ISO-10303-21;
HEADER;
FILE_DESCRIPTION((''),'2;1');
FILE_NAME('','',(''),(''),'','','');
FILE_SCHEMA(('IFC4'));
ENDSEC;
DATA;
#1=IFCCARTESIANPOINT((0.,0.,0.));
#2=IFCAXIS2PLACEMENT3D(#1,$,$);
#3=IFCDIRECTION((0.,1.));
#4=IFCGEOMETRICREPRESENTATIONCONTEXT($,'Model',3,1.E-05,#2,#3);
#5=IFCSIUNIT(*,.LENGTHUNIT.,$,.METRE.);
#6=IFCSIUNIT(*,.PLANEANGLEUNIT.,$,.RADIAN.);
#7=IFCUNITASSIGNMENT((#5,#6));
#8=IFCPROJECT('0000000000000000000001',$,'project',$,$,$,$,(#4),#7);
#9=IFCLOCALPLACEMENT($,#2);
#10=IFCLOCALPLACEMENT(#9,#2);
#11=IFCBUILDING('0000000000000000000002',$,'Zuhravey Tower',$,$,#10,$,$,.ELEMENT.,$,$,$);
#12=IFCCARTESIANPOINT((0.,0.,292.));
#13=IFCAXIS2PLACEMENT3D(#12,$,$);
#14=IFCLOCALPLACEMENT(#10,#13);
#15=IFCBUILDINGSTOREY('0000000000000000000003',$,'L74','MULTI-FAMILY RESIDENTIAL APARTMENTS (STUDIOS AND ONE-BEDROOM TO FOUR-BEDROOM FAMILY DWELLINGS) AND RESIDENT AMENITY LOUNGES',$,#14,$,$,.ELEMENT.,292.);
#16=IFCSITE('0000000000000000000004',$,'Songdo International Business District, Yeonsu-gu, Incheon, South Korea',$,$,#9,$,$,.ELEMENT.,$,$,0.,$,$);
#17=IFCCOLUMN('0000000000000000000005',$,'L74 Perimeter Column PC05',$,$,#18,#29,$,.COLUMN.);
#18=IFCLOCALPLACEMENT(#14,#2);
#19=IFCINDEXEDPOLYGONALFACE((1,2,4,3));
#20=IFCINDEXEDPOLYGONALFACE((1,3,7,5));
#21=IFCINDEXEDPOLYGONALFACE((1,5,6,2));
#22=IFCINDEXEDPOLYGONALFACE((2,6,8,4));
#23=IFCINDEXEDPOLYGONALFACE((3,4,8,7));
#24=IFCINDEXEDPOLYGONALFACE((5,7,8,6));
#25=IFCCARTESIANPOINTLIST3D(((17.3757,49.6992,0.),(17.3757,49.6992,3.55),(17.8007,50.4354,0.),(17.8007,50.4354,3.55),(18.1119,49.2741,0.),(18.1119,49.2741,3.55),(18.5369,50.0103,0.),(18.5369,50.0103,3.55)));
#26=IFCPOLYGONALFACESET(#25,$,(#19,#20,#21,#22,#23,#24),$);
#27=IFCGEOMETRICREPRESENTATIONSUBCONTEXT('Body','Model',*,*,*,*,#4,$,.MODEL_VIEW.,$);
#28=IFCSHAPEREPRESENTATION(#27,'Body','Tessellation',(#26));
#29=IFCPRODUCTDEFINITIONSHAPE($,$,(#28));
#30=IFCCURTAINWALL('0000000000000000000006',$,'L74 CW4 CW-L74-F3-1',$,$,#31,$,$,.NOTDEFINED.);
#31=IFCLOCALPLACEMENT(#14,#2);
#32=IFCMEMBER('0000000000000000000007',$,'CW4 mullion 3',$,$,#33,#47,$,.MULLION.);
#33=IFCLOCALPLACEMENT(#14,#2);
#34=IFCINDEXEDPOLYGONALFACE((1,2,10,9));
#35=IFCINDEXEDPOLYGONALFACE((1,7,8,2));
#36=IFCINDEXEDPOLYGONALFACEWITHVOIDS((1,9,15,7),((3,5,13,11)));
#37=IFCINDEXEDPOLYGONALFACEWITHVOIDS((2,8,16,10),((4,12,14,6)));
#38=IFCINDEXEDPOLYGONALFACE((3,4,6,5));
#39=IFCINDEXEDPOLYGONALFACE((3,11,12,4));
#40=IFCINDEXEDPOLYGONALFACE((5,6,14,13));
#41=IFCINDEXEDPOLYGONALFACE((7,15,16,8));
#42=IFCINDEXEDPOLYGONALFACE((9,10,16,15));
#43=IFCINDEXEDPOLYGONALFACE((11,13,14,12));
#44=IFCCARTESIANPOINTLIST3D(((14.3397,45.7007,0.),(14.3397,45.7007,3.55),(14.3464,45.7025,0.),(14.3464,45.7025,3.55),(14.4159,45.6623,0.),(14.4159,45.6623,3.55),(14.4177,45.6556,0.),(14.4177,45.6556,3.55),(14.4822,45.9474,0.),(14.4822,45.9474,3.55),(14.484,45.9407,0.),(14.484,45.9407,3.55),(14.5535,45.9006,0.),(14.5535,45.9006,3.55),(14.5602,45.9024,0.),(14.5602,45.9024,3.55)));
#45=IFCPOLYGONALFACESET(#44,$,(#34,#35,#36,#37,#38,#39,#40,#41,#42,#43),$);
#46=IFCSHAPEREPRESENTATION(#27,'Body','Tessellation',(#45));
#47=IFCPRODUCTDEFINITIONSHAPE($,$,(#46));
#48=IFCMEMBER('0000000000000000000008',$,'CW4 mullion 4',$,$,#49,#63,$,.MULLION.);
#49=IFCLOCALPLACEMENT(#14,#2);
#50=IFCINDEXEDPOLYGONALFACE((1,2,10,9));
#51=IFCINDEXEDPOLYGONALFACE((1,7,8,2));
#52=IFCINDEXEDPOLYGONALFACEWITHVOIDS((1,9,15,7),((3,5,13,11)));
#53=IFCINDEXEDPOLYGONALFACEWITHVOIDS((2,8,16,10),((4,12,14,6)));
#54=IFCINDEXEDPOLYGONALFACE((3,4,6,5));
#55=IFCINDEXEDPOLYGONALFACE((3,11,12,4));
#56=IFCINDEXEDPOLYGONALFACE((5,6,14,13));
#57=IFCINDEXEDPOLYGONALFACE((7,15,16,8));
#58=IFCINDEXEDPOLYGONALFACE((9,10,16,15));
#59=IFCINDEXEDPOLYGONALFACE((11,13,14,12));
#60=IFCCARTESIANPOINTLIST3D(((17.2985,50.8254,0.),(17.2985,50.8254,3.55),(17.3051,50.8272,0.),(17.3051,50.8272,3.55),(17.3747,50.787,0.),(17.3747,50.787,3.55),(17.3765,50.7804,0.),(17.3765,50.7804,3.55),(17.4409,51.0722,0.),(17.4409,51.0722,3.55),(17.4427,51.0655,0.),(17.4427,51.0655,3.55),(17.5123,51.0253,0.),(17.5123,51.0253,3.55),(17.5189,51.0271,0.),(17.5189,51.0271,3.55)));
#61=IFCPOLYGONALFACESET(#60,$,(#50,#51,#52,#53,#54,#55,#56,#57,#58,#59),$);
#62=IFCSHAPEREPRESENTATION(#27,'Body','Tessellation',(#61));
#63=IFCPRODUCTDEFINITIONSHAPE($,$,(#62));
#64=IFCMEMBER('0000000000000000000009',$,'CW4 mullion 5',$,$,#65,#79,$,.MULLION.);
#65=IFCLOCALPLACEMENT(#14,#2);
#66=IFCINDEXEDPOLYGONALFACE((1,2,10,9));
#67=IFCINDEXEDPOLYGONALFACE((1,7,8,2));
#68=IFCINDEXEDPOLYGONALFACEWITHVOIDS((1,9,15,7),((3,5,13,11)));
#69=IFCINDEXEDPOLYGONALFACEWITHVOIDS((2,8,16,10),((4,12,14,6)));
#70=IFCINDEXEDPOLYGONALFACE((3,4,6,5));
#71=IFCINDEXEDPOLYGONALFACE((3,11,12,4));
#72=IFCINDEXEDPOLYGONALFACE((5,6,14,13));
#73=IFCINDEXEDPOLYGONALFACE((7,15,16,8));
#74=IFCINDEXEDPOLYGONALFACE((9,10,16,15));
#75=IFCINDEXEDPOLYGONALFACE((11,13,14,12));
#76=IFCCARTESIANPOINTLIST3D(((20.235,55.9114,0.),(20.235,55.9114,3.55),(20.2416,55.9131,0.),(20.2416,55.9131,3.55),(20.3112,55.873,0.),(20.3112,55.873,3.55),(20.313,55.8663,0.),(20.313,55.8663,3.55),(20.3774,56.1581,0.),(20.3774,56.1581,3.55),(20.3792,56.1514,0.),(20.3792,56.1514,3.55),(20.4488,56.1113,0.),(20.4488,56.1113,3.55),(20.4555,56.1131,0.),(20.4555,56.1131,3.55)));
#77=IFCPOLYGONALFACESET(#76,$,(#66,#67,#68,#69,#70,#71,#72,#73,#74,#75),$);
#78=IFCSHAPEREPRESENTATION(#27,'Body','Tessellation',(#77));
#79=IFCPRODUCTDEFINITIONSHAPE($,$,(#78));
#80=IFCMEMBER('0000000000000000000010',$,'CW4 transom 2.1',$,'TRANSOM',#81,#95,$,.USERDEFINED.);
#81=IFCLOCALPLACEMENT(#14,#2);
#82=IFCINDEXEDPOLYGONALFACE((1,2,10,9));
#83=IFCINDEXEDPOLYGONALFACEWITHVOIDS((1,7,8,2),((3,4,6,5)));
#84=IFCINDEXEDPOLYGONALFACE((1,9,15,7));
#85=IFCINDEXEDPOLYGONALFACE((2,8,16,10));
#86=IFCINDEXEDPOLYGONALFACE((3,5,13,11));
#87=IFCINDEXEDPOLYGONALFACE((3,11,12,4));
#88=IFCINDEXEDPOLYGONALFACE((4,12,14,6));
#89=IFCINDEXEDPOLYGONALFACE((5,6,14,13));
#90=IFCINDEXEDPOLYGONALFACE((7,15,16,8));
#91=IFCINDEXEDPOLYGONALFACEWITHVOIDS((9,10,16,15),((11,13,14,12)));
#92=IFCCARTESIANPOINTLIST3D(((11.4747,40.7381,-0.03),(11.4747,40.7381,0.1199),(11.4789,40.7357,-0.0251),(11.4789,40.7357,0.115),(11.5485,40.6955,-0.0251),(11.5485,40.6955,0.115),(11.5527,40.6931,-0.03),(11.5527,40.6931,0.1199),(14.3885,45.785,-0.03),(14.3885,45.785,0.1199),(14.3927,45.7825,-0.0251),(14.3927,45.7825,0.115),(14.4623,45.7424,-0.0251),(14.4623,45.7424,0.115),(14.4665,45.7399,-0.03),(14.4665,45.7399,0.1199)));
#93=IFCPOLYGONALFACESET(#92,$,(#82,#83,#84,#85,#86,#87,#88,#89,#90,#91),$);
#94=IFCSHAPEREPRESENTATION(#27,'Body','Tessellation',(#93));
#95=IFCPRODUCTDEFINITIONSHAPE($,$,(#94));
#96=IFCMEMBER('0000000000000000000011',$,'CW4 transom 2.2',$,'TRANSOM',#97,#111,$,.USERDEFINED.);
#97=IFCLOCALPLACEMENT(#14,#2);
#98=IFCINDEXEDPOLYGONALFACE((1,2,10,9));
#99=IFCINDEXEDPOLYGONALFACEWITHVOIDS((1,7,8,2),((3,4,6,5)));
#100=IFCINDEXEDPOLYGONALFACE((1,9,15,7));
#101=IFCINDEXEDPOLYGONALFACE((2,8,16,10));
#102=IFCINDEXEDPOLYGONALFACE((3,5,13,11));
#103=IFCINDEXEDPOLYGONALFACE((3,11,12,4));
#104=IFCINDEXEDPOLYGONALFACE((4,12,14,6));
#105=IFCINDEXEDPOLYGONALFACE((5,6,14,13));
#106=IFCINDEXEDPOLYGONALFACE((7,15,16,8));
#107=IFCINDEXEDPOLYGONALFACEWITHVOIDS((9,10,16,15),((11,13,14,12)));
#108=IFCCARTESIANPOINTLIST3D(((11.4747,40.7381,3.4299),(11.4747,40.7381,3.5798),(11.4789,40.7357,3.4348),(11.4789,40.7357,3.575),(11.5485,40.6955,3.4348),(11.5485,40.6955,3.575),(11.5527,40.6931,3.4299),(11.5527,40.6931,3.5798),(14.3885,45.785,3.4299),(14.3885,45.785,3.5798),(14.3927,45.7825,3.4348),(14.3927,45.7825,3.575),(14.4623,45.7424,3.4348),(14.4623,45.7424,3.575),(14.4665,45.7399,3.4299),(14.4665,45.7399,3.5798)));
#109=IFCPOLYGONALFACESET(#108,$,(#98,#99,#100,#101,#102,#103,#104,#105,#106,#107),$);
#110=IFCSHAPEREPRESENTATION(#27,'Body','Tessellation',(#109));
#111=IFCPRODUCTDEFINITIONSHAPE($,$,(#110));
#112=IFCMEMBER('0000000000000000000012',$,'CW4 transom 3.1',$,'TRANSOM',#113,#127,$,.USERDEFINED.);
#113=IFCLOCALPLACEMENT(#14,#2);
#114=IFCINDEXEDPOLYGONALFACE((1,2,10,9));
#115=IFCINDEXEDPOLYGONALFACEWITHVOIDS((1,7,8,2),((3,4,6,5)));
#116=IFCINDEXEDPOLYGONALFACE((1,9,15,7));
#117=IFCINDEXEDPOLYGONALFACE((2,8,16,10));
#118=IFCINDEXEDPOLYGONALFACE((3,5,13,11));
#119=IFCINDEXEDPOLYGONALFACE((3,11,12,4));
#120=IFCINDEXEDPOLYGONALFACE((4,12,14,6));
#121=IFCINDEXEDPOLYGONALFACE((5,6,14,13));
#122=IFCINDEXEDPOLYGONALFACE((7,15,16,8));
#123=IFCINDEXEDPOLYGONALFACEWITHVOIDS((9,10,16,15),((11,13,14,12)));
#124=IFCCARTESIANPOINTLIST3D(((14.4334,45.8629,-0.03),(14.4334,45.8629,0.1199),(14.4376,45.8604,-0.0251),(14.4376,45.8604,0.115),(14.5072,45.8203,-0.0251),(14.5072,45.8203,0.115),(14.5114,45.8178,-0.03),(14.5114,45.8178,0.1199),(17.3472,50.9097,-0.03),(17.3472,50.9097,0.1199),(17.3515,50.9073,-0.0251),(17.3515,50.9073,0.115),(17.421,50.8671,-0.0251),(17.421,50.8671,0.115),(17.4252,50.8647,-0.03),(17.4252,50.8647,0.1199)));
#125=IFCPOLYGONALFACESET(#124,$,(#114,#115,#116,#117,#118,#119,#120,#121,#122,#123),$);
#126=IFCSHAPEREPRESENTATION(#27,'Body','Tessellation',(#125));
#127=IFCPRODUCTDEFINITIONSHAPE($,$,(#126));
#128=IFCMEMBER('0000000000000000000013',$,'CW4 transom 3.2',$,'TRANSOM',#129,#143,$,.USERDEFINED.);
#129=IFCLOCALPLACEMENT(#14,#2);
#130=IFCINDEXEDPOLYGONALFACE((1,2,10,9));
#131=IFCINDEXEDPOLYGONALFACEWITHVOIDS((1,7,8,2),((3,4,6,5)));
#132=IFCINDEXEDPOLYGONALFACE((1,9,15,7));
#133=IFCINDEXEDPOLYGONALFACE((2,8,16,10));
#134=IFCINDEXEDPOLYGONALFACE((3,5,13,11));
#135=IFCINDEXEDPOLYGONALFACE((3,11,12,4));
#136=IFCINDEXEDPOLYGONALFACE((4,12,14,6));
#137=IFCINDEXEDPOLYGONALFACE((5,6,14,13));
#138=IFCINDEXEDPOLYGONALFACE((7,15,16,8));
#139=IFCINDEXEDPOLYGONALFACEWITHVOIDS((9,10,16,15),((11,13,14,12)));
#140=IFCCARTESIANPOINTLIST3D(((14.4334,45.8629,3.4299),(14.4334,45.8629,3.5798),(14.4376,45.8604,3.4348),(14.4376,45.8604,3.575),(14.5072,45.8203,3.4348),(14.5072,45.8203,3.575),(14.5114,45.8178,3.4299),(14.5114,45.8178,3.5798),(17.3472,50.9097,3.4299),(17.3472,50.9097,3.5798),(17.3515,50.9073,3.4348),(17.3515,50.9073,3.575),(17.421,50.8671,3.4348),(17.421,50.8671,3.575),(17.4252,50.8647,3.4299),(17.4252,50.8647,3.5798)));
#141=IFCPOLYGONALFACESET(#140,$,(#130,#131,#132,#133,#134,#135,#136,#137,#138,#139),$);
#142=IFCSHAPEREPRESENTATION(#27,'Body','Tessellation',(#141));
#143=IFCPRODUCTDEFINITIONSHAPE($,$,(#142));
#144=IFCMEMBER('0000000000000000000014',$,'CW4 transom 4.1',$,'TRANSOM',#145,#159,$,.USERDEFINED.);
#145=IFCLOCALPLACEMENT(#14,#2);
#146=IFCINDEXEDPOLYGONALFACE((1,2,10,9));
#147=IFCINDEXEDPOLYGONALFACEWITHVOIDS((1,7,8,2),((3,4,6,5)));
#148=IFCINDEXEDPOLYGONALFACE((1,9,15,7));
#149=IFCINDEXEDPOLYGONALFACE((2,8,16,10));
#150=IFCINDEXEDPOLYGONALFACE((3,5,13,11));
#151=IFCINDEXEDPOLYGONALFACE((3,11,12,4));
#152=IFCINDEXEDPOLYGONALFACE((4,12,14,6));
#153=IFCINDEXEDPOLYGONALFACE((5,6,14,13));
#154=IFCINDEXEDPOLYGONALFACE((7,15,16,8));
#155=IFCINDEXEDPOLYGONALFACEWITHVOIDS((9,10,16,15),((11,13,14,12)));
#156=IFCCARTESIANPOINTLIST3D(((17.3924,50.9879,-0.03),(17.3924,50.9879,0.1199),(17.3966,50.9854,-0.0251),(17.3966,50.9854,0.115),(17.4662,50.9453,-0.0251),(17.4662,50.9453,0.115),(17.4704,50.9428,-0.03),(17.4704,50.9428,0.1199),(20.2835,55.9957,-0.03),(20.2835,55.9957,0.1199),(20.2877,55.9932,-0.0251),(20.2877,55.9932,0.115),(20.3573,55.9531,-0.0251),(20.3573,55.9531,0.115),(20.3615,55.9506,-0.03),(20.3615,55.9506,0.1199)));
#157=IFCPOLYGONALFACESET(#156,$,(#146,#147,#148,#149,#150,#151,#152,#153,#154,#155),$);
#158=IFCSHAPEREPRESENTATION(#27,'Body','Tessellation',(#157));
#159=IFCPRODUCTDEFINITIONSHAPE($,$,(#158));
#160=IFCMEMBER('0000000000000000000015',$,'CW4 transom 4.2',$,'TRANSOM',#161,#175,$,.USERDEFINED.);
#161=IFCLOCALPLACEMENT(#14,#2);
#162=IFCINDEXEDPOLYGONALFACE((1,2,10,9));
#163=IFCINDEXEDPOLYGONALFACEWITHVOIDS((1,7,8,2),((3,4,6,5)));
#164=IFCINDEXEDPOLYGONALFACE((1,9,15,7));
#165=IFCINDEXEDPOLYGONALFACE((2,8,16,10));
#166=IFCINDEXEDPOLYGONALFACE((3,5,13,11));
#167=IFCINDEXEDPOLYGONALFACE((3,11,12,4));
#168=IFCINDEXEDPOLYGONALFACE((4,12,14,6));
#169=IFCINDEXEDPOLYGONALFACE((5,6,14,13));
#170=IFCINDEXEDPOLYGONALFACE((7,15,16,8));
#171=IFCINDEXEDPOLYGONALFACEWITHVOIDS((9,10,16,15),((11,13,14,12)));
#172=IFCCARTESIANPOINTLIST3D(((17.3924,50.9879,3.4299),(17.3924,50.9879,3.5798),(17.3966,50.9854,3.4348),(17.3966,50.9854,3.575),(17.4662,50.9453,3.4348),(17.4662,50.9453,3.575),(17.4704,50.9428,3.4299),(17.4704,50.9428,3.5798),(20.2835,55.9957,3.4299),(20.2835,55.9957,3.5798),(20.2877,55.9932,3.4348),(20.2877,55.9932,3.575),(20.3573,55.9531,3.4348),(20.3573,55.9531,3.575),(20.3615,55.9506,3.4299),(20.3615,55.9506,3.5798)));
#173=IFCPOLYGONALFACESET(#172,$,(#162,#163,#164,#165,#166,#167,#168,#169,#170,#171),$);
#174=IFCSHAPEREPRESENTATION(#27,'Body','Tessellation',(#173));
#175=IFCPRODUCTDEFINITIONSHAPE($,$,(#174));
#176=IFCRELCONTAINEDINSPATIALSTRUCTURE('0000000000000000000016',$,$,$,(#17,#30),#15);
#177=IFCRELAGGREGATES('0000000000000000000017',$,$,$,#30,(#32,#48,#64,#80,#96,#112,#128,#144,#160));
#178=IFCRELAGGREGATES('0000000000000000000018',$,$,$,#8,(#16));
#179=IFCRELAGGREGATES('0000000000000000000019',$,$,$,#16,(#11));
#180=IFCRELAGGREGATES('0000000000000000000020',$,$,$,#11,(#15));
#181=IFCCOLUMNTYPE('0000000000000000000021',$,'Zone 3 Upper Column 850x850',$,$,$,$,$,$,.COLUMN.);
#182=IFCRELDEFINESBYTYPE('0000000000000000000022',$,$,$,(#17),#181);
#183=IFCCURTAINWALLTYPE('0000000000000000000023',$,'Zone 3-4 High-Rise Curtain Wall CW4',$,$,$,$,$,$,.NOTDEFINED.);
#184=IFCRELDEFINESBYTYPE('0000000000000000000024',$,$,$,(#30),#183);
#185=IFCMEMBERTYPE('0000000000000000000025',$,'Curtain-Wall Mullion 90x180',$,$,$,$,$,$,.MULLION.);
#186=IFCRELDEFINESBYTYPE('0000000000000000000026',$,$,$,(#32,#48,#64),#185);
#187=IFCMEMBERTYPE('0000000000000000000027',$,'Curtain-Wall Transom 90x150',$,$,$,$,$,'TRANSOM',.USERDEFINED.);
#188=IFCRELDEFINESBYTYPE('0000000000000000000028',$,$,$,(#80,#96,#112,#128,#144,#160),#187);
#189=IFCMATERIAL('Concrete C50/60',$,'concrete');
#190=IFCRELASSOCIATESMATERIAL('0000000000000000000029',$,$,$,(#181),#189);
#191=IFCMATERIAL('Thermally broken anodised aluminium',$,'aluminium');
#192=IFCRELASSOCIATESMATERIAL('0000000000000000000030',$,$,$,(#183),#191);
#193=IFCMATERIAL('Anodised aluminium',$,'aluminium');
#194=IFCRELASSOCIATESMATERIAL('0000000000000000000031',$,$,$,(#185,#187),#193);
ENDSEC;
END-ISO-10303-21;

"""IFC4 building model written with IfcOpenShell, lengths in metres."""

from ifc_helpers import new_model, si_unit, direction, frame, origin, origin_2d, place, context, subcontext, project, spatial, rectangle, hollow_rectangle, extrude, material, material_profile, profile_set, type_object, element, aggregate, save


model = new_model("IFC4")

# Units and contexts
model_context = context("Model", 3, precision=1e-05, world=origin(), true_north=direction((0.0, 1.0)))
body_context = subcontext(model_context, "Body", "Model", "MODEL_VIEW")
ifc_project = project(units=[si_unit("LENGTHUNIT", "METRE"), si_unit("PLANEANGLEUNIT", "RADIAN")], contexts=[model_context])

# Site, building, storey
site_placement = place(None, origin())
site = spatial("IfcSite", under=ifc_project, at=site_placement, Name="Songdo International Business District, Yeonsu-gu, Incheon, South Korea", CompositionType="ELEMENT", RefElevation=0.0)
building_placement = place(site_placement, origin())
building = spatial("IfcBuilding", under=site, at=building_placement, Name="Zuhravey Tower", CompositionType="ELEMENT")
storey_placement = place(building_placement, frame((0.0, 0.0, 292.0)))
storey = spatial("IfcBuildingStorey", under=building, at=storey_placement, Name="L74", Description="MULTI-FAMILY RESIDENTIAL APARTMENTS (STUDIOS AND ONE-BEDROOM TO FOUR-BEDROOM FAMILY DWELLINGS) AND RESIDENT AMENITY LOUNGES", CompositionType="ELEMENT", Elevation=292.0)

# Column
ifc_material_1 = material(Name="Concrete C50/60", Category="concrete")
ifc_material_profile_1 = material_profile(ifc_material_1, rectangle(XDim=0.8501, YDim=0.8501, at=origin_2d()), Name="RC-850x850")
ifc_profile_set_1 = profile_set([ifc_material_profile_1], Name="Concrete C50/60")
column_type = type_object("IfcColumnType", Name="Zone 3 Upper Column 850x850", PredefinedType="COLUMN", material=ifc_profile_set_1)
column_placement = place(storey_placement, frame((17.9563, 49.8547, 0.0), z_axis=(0.0, 0.0, 1.0), x_axis=(-0.5, -0.866025, 0.0)))
element("IfcColumn", 1, at=column_placement, inside=storey, type_object=column_type, Name="L74 Perimeter Column PC05", PredefinedType="COLUMN", context=body_context, shape_type="SweptSolid", body=[
    extrude(rectangle(XDim=0.8501, YDim=0.8501, at=origin_2d()), origin(), (0.0, 0.0, 1.0), 3.55),
])

# Curtain wall, members
ifc_material_2 = material(Name="Thermally broken anodised aluminium", Category="aluminium")
curtain_wall_type = type_object("IfcCurtainWallType", Name="Zone 3-4 High-Rise Curtain Wall CW4", PredefinedType="NOTDEFINED", material=ifc_material_2)
curtain_wall_placement = place(storey_placement, origin())
curtain_wall = element("IfcCurtainWall", 2, at=curtain_wall_placement, inside=storey, type_object=curtain_wall_type, Name="L74 CW4 CW-L74-F3-1", PredefinedType="NOTDEFINED")
ifc_material_3 = material(Name="Anodised aluminium", Category="aluminium")
ifc_material_profile_2 = material_profile(ifc_material_3, hollow_rectangle(XDim=0.0901, YDim=0.2849, WallThickness=0.0049, at=origin_2d()), Name="ALU-RHS-90x285x5")
ifc_profile_set_2 = profile_set([ifc_material_profile_2], Name="Anodised aluminium")
member_type_1 = type_object("IfcMemberType", Name="Curtain-Wall Mullion 90x180", PredefinedType="MULLION", material=ifc_profile_set_2)
member_1_placement = place(storey_placement, frame((14.45, 45.8015, 0.0), z_axis=(0.0, 0.0, 1.0), x_axis=(-0.866025, 0.500001, 0.0)))
member_1 = element("IfcMember", 3, at=member_1_placement, type_object=member_type_1, Name="CW4 mullion 3", PredefinedType="MULLION", context=body_context, shape_type="SweptSolid", body=[
    extrude(hollow_rectangle(XDim=0.0901, YDim=0.2849, WallThickness=0.0049, at=origin_2d()), origin(), (0.0, 0.0, 1.0), 3.55),
])
member_2_placement = place(storey_placement, frame((17.4087, 50.9263, 0.0), z_axis=(0.0, 0.0, 1.0), x_axis=(-0.866025, 0.500001, 0.0)))
member_2 = element("IfcMember", 4, at=member_2_placement, type_object=member_type_1, Name="CW4 mullion 4", PredefinedType="MULLION", context=body_context, shape_type="SweptSolid", body=[
    extrude(hollow_rectangle(XDim=0.0901, YDim=0.2849, WallThickness=0.0049, at=origin_2d()), origin(), (0.0, 0.0, 1.0), 3.55),
])
member_3_placement = place(storey_placement, frame((20.3452, 56.0122, 0.0), z_axis=(0.0, 0.0, 1.0), x_axis=(-0.866025, 0.500001, 0.0)))
member_3 = element("IfcMember", 5, at=member_3_placement, type_object=member_type_1, Name="CW4 mullion 5", PredefinedType="MULLION", context=body_context, shape_type="SweptSolid", body=[
    extrude(hollow_rectangle(XDim=0.0901, YDim=0.2849, WallThickness=0.0049, at=origin_2d()), origin(), (0.0, 0.0, 1.0), 3.55),
])
ifc_material_profile_3 = material_profile(ifc_material_3, hollow_rectangle(XDim=0.0901, YDim=0.1499, WallThickness=0.0049, at=origin_2d()), Name="ALU-RHS-90x150x5")
ifc_profile_set_3 = profile_set([ifc_material_profile_3], Name="Anodised aluminium")
member_type_2 = type_object("IfcMemberType", Name="Curtain-Wall Transom 90x150", ElementType="TRANSOM", PredefinedType="USERDEFINED", material=ifc_profile_set_3)
member_4_placement = place(storey_placement, frame((11.5137, 40.7156, 0.0449), z_axis=(0.5, 0.866025, 0.0), x_axis=(-0.866025, 0.5, 0.0)))
member_4 = element("IfcMember", 6, at=member_4_placement, type_object=member_type_2, Name="CW4 transom 2.1", ObjectType="TRANSOM", PredefinedType="USERDEFINED", context=body_context, shape_type="SweptSolid", body=[
    extrude(hollow_rectangle(XDim=0.0901, YDim=0.1499, WallThickness=0.0049, at=origin_2d()), origin(), (0.0, 0.0, 1.0), 5.8276),
])
member_5_placement = place(storey_placement, frame((11.5137, 40.7156, 3.5049), z_axis=(0.5, 0.866025, 0.0), x_axis=(-0.866025, 0.5, 0.0)))
member_5 = element("IfcMember", 7, at=member_5_placement, type_object=member_type_2, Name="CW4 transom 2.2", ObjectType="TRANSOM", PredefinedType="USERDEFINED", context=body_context, shape_type="SweptSolid", body=[
    extrude(hollow_rectangle(XDim=0.0901, YDim=0.1499, WallThickness=0.0049, at=origin_2d()), origin(), (0.0, 0.0, 1.0), 5.8276),
])
member_6_placement = place(storey_placement, frame((14.4724, 45.8403, 0.0449), z_axis=(0.5, 0.866025, 0.0), x_axis=(-0.866025, 0.5, 0.0)))
member_6 = element("IfcMember", 8, at=member_6_placement, type_object=member_type_2, Name="CW4 transom 3.1", ObjectType="TRANSOM", PredefinedType="USERDEFINED", context=body_context, shape_type="SweptSolid", body=[
    extrude(hollow_rectangle(XDim=0.0901, YDim=0.1499, WallThickness=0.0049, at=origin_2d()), origin(), (0.0, 0.0, 1.0), 5.8276),
])
member_7_placement = place(storey_placement, frame((14.4724, 45.8403, 3.5049), z_axis=(0.5, 0.866025, 0.0), x_axis=(-0.866025, 0.5, 0.0)))
member_7 = element("IfcMember", 9, at=member_7_placement, type_object=member_type_2, Name="CW4 transom 3.2", ObjectType="TRANSOM", PredefinedType="USERDEFINED", context=body_context, shape_type="SweptSolid", body=[
    extrude(hollow_rectangle(XDim=0.0901, YDim=0.1499, WallThickness=0.0049, at=origin_2d()), origin(), (0.0, 0.0, 1.0), 5.8276),
])
member_8_placement = place(storey_placement, frame((17.4314, 50.9653, 0.0449), z_axis=(0.499981, 0.866037, 0.0), x_axis=(-0.866037, 0.499981, 0.0)))
member_8 = element("IfcMember", 10, at=member_8_placement, type_object=member_type_2, Name="CW4 transom 4.1", ObjectType="TRANSOM", PredefinedType="USERDEFINED", context=body_context, shape_type="SweptSolid", body=[
    extrude(hollow_rectangle(XDim=0.0901, YDim=0.1499, WallThickness=0.0049, at=origin_2d()), origin(), (0.0, 0.0, 1.0), 5.7825),
])
member_9_placement = place(storey_placement, frame((17.4314, 50.9653, 3.5049), z_axis=(0.499981, 0.866037, 0.0), x_axis=(-0.866037, 0.499981, 0.0)))
member_9 = element("IfcMember", 11, at=member_9_placement, type_object=member_type_2, Name="CW4 transom 4.2", ObjectType="TRANSOM", PredefinedType="USERDEFINED", context=body_context, shape_type="SweptSolid", body=[
    extrude(hollow_rectangle(XDim=0.0901, YDim=0.1499, WallThickness=0.0049, at=origin_2d()), origin(), (0.0, 0.0, 1.0), 5.7825),
])

aggregate(curtain_wall, [member_1, member_2, member_3, member_4, member_5, member_6, member_7, member_8, member_9])

save(model, "model.ifc")
